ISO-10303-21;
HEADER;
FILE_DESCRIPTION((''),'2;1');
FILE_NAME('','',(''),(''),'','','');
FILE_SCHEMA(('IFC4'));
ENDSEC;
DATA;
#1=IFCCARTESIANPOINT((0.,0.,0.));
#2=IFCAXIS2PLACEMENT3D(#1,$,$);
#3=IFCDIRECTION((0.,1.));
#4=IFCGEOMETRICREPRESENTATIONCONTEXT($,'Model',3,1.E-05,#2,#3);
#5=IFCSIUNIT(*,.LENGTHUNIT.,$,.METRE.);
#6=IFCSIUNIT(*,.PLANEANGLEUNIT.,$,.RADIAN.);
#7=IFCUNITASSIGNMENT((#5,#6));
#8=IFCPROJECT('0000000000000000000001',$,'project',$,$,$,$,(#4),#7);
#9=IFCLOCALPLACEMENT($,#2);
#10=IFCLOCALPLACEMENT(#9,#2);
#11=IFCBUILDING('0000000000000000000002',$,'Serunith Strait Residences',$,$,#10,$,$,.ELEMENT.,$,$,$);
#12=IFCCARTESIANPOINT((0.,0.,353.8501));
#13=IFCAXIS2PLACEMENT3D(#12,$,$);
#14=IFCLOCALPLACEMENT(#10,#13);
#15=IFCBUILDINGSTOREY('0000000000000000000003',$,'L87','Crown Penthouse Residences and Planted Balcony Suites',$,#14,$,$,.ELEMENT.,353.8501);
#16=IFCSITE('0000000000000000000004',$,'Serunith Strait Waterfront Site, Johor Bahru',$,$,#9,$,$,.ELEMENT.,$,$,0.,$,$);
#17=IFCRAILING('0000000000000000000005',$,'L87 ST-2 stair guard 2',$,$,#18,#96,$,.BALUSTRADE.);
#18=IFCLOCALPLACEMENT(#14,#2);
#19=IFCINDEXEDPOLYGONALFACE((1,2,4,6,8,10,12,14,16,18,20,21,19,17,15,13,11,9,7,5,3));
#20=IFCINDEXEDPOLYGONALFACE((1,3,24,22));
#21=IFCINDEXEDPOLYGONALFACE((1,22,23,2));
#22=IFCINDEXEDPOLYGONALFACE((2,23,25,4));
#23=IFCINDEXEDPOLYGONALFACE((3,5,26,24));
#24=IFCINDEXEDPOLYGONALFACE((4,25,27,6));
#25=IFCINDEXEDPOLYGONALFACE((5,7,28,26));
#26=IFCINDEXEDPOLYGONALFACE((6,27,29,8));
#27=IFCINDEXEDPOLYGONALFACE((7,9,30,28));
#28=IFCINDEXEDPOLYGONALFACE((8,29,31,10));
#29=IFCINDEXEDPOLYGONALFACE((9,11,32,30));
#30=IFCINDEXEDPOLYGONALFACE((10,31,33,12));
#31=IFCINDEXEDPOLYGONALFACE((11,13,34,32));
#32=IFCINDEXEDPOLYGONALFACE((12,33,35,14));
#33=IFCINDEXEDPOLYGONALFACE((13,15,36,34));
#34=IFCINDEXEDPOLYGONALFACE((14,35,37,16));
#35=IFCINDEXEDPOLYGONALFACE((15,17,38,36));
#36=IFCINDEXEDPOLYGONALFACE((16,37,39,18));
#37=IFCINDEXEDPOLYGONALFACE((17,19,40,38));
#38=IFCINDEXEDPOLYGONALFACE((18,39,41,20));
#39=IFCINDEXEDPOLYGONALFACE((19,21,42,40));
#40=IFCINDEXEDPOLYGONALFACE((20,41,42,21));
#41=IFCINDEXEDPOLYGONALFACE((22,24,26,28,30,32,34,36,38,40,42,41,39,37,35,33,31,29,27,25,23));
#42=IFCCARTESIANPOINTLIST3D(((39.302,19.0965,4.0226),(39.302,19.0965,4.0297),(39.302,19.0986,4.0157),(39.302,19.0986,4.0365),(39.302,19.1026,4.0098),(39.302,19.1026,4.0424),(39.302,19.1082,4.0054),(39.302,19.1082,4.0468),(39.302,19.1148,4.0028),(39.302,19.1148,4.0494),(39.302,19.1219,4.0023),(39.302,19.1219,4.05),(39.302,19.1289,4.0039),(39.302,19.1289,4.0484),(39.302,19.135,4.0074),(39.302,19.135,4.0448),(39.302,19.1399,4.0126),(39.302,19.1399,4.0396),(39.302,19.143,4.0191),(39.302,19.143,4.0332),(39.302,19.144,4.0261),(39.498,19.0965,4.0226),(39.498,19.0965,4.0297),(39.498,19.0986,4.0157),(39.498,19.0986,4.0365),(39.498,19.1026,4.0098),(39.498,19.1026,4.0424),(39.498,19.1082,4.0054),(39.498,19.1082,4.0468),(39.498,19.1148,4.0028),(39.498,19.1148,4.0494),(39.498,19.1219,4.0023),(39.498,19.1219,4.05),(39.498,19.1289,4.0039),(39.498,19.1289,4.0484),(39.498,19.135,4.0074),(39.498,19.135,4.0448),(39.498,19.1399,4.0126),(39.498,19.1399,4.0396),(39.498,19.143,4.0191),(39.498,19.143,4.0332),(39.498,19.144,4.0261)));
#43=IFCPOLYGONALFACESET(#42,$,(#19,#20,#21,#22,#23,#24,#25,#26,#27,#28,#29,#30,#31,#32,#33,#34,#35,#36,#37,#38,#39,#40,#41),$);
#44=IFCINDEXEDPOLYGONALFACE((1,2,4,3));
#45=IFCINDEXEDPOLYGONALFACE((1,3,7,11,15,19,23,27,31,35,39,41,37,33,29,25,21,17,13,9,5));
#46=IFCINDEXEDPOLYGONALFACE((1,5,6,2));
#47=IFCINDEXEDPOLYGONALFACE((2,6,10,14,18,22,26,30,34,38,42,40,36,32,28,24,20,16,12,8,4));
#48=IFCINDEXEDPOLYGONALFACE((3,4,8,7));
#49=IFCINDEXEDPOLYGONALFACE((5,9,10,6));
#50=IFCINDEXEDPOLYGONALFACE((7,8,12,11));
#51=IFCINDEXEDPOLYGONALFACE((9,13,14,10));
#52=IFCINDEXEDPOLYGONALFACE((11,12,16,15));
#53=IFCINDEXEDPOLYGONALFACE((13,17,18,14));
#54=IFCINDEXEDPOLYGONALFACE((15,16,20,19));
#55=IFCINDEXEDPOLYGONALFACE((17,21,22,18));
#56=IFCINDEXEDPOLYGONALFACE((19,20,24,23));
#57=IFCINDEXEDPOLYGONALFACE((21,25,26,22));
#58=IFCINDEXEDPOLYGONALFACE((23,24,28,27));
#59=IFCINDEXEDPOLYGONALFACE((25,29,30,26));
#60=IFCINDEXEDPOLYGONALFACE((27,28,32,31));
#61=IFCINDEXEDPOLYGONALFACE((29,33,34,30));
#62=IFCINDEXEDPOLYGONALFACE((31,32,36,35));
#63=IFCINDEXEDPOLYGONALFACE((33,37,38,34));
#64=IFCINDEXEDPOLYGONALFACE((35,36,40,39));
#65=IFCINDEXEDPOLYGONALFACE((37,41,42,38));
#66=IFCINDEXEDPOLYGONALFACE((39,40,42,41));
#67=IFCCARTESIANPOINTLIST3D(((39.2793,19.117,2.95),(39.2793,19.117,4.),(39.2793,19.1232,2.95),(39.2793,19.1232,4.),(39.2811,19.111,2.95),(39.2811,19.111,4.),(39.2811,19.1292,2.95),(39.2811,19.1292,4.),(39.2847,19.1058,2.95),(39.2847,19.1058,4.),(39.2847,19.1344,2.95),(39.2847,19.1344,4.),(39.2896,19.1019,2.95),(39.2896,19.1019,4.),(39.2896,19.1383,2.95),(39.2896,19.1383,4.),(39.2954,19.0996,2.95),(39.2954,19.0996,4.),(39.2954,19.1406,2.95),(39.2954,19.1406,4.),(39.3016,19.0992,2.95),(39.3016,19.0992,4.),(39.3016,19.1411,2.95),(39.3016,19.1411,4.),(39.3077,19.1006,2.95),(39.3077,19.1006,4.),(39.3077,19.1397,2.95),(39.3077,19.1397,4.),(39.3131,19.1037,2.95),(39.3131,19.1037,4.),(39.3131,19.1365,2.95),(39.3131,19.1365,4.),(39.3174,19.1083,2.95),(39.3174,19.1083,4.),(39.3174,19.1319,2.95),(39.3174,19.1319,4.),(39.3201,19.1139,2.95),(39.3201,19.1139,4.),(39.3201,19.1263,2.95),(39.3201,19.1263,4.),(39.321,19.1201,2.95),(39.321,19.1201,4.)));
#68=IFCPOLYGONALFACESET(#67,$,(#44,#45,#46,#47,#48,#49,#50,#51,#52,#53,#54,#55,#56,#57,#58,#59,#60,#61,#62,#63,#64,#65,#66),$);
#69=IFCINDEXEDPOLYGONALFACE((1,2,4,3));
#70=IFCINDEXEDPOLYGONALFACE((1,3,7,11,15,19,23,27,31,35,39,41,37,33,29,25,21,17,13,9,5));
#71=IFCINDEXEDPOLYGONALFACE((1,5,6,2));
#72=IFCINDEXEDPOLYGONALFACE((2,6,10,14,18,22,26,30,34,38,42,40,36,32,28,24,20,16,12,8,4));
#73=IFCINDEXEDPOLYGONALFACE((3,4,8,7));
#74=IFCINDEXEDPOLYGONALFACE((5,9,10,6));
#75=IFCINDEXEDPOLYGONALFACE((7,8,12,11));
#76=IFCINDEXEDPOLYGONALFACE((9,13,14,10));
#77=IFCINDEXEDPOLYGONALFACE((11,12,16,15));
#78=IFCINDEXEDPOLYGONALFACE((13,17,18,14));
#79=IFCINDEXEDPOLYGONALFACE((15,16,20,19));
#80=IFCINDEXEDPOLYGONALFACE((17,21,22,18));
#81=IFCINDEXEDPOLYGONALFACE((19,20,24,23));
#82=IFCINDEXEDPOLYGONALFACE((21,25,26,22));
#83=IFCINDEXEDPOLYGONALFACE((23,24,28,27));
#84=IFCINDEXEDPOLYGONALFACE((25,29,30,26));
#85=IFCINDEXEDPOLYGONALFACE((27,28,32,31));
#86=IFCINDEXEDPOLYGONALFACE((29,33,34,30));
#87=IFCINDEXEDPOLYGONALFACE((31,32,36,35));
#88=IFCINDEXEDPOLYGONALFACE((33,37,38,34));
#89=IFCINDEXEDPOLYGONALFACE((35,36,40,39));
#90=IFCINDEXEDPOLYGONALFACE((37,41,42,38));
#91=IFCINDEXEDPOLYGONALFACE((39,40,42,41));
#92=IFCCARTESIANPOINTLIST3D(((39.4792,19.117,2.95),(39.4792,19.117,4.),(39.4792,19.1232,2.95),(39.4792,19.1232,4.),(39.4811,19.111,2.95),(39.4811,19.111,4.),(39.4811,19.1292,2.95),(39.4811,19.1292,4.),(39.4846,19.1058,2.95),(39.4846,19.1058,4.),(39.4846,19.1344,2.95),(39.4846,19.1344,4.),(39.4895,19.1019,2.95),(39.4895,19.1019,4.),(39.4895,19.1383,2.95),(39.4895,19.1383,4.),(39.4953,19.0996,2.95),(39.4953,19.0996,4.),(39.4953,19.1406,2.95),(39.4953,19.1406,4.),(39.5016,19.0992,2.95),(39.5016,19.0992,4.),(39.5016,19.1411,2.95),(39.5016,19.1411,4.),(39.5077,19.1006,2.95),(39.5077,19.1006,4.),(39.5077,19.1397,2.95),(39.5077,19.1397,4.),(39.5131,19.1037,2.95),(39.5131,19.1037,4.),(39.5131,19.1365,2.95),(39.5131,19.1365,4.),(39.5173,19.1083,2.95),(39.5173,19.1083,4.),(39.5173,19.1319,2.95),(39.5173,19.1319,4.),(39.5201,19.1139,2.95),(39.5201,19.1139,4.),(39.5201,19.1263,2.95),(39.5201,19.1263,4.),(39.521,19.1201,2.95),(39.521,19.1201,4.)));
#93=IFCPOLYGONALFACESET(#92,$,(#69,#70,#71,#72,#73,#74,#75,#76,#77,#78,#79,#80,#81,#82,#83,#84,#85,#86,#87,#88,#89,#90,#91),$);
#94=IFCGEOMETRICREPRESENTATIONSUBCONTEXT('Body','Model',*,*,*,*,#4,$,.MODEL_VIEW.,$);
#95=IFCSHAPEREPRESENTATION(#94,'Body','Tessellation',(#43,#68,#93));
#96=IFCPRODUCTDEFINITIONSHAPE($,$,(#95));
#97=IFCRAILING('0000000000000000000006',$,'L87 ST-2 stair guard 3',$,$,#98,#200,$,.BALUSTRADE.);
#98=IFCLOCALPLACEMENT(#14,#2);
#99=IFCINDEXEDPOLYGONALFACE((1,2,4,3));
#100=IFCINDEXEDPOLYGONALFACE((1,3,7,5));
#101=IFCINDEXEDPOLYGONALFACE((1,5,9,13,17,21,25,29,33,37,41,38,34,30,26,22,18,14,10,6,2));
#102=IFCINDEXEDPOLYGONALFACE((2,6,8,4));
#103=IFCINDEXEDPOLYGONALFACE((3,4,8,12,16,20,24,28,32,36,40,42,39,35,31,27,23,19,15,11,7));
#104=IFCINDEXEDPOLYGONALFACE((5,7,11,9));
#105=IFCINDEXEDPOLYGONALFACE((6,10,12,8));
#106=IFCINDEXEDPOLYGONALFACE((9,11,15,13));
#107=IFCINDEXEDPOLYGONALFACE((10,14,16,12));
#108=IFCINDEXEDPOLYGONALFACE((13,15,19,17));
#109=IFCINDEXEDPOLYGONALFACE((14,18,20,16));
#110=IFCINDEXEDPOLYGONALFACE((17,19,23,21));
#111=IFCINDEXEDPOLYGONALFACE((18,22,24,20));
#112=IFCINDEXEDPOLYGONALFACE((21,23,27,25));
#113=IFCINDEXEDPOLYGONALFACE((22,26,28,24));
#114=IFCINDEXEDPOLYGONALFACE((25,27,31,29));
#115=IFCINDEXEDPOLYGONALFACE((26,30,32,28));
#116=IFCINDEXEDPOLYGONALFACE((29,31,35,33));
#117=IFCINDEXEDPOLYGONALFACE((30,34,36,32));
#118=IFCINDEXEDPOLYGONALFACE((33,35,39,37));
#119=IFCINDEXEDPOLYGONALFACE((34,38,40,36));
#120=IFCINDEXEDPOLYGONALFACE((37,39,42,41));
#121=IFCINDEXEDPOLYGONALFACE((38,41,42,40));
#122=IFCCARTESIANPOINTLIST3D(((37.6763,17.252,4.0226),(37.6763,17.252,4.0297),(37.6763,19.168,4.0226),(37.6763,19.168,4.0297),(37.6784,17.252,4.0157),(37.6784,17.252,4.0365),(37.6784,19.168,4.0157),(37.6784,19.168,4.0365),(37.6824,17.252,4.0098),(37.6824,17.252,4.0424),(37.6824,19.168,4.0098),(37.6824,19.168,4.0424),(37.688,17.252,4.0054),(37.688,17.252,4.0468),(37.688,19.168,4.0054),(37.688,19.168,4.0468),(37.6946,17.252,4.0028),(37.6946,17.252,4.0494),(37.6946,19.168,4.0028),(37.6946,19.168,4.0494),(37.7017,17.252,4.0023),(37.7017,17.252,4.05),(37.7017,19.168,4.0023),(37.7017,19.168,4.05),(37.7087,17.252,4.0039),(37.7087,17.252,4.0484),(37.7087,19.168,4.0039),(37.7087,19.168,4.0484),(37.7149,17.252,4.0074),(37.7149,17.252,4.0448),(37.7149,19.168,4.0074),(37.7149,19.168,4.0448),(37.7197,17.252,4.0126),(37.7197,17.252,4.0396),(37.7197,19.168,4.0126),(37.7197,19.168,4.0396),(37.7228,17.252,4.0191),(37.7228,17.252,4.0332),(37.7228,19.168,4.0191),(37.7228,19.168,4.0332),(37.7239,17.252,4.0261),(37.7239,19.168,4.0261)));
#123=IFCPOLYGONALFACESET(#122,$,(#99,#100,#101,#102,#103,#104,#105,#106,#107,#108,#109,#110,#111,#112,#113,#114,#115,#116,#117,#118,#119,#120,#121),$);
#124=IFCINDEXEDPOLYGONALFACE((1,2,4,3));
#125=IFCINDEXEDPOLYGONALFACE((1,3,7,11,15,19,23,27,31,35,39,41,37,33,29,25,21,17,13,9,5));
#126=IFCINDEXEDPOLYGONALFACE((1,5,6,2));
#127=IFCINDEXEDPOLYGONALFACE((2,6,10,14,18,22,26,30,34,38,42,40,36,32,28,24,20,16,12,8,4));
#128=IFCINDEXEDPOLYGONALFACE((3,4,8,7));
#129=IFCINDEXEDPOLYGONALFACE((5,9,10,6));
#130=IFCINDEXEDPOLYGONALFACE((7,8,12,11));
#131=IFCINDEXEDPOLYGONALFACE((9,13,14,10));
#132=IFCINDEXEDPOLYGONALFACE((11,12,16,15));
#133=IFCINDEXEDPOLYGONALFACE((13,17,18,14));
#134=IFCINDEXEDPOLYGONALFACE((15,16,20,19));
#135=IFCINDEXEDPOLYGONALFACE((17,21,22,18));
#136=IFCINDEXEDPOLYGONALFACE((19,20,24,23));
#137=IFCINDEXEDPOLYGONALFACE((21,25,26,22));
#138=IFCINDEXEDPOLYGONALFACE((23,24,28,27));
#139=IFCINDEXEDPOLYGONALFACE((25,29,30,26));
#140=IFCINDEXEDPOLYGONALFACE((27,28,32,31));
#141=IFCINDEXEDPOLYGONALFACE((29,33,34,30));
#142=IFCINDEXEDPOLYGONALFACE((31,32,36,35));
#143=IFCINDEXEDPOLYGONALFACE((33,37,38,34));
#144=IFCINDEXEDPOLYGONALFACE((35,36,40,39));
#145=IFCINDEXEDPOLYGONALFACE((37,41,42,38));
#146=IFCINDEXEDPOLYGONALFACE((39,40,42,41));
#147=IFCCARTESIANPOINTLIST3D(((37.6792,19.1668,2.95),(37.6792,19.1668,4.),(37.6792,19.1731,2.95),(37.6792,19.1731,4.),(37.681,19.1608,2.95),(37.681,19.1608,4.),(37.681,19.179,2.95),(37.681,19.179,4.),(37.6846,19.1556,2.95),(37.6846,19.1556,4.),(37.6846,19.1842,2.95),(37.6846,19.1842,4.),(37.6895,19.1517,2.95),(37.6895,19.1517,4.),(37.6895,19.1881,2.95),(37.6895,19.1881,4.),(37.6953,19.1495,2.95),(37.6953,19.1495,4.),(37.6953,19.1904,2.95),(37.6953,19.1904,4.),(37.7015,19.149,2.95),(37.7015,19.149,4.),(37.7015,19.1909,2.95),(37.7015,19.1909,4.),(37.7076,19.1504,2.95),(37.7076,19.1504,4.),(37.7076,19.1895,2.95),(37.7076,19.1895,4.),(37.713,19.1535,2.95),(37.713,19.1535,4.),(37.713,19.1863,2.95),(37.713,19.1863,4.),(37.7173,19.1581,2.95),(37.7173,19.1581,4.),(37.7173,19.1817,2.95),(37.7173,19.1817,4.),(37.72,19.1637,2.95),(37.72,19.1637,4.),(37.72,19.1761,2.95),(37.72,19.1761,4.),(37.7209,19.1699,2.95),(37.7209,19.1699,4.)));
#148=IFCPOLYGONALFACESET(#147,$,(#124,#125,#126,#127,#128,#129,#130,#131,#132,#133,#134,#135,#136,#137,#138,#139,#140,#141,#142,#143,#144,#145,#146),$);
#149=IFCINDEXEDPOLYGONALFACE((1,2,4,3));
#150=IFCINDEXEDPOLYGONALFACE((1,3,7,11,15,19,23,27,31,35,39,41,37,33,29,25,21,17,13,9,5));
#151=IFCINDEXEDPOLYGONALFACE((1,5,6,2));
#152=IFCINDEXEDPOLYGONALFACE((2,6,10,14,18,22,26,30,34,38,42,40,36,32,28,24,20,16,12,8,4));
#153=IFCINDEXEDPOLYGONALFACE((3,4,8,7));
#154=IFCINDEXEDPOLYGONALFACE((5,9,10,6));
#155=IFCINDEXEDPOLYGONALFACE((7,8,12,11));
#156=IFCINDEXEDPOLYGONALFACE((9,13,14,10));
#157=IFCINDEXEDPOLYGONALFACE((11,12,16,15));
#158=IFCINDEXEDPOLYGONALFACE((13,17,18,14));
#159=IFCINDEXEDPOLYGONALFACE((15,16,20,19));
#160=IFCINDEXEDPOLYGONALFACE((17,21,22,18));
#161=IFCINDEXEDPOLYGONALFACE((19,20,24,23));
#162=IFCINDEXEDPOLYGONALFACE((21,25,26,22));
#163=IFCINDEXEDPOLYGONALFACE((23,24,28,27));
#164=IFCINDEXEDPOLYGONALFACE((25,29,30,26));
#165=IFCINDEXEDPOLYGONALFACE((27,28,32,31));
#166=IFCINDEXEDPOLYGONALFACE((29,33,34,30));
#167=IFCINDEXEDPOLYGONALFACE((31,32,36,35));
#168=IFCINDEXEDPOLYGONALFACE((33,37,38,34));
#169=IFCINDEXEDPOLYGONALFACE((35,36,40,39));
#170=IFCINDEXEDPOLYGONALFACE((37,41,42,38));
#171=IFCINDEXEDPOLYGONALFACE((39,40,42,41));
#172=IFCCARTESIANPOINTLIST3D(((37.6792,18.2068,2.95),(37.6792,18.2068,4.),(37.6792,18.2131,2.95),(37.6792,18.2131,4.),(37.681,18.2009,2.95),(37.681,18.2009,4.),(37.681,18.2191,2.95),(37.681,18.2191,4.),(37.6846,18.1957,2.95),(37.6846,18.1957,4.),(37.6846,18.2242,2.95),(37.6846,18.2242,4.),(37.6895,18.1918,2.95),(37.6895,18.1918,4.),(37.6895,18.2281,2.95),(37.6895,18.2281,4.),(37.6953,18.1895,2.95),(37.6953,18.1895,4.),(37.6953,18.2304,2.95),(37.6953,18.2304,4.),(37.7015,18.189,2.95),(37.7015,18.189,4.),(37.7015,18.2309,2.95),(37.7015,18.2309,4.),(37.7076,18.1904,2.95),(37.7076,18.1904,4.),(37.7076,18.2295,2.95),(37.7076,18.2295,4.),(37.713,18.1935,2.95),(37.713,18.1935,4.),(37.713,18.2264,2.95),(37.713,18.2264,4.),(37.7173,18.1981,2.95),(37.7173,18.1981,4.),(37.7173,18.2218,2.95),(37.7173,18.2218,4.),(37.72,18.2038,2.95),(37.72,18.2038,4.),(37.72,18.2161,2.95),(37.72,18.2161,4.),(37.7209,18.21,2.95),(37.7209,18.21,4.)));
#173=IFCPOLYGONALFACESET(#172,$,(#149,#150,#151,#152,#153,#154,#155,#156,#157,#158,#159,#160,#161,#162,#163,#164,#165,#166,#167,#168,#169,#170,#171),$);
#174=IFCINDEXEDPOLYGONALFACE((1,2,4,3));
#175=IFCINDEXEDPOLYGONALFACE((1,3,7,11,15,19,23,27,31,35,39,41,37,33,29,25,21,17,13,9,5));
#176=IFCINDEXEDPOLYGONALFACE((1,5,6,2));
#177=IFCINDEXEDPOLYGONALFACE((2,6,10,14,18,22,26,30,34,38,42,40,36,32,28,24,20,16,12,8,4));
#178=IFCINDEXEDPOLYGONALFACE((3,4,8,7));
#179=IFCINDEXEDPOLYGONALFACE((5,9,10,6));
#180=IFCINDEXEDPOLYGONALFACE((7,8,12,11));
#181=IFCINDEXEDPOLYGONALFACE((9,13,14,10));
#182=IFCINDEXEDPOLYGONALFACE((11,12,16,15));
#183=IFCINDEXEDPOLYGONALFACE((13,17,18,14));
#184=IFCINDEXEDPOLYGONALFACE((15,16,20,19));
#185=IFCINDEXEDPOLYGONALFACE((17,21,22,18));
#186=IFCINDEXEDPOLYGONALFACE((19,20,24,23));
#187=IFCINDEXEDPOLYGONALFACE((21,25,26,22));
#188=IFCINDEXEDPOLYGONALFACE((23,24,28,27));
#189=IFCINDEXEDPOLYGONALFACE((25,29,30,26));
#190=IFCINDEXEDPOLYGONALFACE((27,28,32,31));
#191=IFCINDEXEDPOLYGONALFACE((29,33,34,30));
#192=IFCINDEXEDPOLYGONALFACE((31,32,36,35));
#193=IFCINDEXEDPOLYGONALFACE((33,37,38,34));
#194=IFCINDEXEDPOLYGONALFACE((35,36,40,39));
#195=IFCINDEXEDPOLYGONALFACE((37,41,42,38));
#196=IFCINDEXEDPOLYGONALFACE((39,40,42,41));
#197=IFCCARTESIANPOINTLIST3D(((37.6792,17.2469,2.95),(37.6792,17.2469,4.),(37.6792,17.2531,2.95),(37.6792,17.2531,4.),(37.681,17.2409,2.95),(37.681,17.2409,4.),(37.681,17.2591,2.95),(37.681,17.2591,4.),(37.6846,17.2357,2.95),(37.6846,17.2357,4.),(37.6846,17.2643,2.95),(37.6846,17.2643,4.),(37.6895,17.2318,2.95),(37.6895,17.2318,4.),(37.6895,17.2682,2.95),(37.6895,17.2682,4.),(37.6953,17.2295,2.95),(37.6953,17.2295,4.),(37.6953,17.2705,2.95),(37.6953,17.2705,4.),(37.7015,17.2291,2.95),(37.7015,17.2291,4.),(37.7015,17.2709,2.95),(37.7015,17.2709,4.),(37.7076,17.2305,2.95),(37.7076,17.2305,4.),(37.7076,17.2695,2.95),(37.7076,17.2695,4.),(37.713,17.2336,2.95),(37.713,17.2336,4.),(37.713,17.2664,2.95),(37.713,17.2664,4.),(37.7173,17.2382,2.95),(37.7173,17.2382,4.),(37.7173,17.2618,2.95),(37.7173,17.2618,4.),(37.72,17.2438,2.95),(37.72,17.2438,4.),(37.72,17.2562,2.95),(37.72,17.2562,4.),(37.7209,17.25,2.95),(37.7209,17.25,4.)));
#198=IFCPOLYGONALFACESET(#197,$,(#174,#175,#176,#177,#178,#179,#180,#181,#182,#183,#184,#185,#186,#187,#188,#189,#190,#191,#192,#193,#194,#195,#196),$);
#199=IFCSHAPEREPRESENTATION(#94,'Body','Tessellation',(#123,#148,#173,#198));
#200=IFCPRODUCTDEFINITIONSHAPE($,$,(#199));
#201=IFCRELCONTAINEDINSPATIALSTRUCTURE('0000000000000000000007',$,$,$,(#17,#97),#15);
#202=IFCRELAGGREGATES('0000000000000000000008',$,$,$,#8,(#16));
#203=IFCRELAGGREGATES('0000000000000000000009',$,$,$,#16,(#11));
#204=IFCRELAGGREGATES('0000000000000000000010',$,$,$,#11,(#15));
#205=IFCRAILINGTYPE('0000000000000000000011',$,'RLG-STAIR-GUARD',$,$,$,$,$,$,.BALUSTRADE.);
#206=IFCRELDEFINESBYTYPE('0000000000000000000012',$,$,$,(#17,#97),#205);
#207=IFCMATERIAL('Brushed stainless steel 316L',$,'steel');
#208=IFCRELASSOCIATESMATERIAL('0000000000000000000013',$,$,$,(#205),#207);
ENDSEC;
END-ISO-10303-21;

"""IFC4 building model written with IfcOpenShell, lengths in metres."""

from ifc_helpers import new_model, si_unit, direction, frame, origin, origin_2d, place, context, subcontext, project, spatial, circle, extrude, material, type_object, element, save


model = new_model("IFC4")

# Units and contexts
model_context = context("Model", 3, precision=1e-05, world=origin(), true_north=direction((0.0, 1.0)))
body_context = subcontext(model_context, "Body", "Model", "MODEL_VIEW")
ifc_project = project(units=[si_unit("LENGTHUNIT", "METRE"), si_unit("PLANEANGLEUNIT", "RADIAN")], contexts=[model_context])

# Site, building, storey
site_placement = place(None, origin())
site = spatial("IfcSite", under=ifc_project, at=site_placement, Name="Serunith Strait Waterfront Site, Johor Bahru", CompositionType="ELEMENT", RefElevation=0.0)
building_placement = place(site_placement, origin())
building = spatial("IfcBuilding", under=site, at=building_placement, Name="Serunith Strait Residences", CompositionType="ELEMENT")
storey_placement = place(building_placement, frame((0.0, 0.0, 353.8501)))
storey = spatial("IfcBuildingStorey", under=building, at=storey_placement, Name="L87", Description="Crown Penthouse Residences and Planted Balcony Suites", CompositionType="ELEMENT", Elevation=353.8501)

# Railings
ifc_material_1 = material(Name="Brushed stainless steel 316L", Category="steel")
railing_type_1 = type_object("IfcRailingType", Name="RLG-STAIR-GUARD", PredefinedType="BALUSTRADE", material=ifc_material_1)
railing_1_placement = place(storey_placement, frame((39.3, 19.1201, 2.95)))
element("IfcRailing", 1, at=railing_1_placement, inside=storey, type_object=railing_type_1, Name="L87 ST-2 stair guard 2", PredefinedType="BALUSTRADE", context=body_context, shape_type="SweptSolid", body=[
    extrude(circle(Radius=0.0239, at=origin_2d()), frame((0.002, 0.0, 1.0762), z_axis=(1.0, 0.0, 0.0), x_axis=(0.0, 1.0, 0.0)), (0.0, 0.0, 1.0), 0.196),
    extrude(circle(Radius=0.021, at=origin_2d()), origin(), (0.0, 0.0, 1.0), 1.05),
    extrude(circle(Radius=0.021, at=origin_2d()), frame((0.2, 0.0, 0.0)), (0.0, 0.0, 1.0), 1.05),
])
for number, where, name in (
    (2, (37.7, 19.1699, 2.95), "L87 ST-2 stair guard 3"),
):
    element("IfcRailing", number, at=place(storey_placement, frame(where)), inside=storey, type_object=railing_type_1, Name=name, PredefinedType="BALUSTRADE", context=body_context, shape_type="SweptSolid", body=[
        extrude(circle(Radius=0.0239, at=origin_2d()), frame((0.0, -0.002, 1.0762), z_axis=(0.0, -1.0, 0.0), x_axis=(1.0, 0.0, 0.0)), (0.0, 0.0, 1.0), 1.916),
        extrude(circle(Radius=0.021, at=origin_2d()), origin(), (0.0, 0.0, 1.0), 1.05),
        extrude(circle(Radius=0.021, at=origin_2d()), frame((0.0, -0.96, 0.0)), (0.0, 0.0, 1.0), 1.05),
        extrude(circle(Radius=0.021, at=origin_2d()), frame((0.0, -1.9199, 0.0)), (0.0, 0.0, 1.0), 1.05),
    ])

save(model, "model.ifc")
